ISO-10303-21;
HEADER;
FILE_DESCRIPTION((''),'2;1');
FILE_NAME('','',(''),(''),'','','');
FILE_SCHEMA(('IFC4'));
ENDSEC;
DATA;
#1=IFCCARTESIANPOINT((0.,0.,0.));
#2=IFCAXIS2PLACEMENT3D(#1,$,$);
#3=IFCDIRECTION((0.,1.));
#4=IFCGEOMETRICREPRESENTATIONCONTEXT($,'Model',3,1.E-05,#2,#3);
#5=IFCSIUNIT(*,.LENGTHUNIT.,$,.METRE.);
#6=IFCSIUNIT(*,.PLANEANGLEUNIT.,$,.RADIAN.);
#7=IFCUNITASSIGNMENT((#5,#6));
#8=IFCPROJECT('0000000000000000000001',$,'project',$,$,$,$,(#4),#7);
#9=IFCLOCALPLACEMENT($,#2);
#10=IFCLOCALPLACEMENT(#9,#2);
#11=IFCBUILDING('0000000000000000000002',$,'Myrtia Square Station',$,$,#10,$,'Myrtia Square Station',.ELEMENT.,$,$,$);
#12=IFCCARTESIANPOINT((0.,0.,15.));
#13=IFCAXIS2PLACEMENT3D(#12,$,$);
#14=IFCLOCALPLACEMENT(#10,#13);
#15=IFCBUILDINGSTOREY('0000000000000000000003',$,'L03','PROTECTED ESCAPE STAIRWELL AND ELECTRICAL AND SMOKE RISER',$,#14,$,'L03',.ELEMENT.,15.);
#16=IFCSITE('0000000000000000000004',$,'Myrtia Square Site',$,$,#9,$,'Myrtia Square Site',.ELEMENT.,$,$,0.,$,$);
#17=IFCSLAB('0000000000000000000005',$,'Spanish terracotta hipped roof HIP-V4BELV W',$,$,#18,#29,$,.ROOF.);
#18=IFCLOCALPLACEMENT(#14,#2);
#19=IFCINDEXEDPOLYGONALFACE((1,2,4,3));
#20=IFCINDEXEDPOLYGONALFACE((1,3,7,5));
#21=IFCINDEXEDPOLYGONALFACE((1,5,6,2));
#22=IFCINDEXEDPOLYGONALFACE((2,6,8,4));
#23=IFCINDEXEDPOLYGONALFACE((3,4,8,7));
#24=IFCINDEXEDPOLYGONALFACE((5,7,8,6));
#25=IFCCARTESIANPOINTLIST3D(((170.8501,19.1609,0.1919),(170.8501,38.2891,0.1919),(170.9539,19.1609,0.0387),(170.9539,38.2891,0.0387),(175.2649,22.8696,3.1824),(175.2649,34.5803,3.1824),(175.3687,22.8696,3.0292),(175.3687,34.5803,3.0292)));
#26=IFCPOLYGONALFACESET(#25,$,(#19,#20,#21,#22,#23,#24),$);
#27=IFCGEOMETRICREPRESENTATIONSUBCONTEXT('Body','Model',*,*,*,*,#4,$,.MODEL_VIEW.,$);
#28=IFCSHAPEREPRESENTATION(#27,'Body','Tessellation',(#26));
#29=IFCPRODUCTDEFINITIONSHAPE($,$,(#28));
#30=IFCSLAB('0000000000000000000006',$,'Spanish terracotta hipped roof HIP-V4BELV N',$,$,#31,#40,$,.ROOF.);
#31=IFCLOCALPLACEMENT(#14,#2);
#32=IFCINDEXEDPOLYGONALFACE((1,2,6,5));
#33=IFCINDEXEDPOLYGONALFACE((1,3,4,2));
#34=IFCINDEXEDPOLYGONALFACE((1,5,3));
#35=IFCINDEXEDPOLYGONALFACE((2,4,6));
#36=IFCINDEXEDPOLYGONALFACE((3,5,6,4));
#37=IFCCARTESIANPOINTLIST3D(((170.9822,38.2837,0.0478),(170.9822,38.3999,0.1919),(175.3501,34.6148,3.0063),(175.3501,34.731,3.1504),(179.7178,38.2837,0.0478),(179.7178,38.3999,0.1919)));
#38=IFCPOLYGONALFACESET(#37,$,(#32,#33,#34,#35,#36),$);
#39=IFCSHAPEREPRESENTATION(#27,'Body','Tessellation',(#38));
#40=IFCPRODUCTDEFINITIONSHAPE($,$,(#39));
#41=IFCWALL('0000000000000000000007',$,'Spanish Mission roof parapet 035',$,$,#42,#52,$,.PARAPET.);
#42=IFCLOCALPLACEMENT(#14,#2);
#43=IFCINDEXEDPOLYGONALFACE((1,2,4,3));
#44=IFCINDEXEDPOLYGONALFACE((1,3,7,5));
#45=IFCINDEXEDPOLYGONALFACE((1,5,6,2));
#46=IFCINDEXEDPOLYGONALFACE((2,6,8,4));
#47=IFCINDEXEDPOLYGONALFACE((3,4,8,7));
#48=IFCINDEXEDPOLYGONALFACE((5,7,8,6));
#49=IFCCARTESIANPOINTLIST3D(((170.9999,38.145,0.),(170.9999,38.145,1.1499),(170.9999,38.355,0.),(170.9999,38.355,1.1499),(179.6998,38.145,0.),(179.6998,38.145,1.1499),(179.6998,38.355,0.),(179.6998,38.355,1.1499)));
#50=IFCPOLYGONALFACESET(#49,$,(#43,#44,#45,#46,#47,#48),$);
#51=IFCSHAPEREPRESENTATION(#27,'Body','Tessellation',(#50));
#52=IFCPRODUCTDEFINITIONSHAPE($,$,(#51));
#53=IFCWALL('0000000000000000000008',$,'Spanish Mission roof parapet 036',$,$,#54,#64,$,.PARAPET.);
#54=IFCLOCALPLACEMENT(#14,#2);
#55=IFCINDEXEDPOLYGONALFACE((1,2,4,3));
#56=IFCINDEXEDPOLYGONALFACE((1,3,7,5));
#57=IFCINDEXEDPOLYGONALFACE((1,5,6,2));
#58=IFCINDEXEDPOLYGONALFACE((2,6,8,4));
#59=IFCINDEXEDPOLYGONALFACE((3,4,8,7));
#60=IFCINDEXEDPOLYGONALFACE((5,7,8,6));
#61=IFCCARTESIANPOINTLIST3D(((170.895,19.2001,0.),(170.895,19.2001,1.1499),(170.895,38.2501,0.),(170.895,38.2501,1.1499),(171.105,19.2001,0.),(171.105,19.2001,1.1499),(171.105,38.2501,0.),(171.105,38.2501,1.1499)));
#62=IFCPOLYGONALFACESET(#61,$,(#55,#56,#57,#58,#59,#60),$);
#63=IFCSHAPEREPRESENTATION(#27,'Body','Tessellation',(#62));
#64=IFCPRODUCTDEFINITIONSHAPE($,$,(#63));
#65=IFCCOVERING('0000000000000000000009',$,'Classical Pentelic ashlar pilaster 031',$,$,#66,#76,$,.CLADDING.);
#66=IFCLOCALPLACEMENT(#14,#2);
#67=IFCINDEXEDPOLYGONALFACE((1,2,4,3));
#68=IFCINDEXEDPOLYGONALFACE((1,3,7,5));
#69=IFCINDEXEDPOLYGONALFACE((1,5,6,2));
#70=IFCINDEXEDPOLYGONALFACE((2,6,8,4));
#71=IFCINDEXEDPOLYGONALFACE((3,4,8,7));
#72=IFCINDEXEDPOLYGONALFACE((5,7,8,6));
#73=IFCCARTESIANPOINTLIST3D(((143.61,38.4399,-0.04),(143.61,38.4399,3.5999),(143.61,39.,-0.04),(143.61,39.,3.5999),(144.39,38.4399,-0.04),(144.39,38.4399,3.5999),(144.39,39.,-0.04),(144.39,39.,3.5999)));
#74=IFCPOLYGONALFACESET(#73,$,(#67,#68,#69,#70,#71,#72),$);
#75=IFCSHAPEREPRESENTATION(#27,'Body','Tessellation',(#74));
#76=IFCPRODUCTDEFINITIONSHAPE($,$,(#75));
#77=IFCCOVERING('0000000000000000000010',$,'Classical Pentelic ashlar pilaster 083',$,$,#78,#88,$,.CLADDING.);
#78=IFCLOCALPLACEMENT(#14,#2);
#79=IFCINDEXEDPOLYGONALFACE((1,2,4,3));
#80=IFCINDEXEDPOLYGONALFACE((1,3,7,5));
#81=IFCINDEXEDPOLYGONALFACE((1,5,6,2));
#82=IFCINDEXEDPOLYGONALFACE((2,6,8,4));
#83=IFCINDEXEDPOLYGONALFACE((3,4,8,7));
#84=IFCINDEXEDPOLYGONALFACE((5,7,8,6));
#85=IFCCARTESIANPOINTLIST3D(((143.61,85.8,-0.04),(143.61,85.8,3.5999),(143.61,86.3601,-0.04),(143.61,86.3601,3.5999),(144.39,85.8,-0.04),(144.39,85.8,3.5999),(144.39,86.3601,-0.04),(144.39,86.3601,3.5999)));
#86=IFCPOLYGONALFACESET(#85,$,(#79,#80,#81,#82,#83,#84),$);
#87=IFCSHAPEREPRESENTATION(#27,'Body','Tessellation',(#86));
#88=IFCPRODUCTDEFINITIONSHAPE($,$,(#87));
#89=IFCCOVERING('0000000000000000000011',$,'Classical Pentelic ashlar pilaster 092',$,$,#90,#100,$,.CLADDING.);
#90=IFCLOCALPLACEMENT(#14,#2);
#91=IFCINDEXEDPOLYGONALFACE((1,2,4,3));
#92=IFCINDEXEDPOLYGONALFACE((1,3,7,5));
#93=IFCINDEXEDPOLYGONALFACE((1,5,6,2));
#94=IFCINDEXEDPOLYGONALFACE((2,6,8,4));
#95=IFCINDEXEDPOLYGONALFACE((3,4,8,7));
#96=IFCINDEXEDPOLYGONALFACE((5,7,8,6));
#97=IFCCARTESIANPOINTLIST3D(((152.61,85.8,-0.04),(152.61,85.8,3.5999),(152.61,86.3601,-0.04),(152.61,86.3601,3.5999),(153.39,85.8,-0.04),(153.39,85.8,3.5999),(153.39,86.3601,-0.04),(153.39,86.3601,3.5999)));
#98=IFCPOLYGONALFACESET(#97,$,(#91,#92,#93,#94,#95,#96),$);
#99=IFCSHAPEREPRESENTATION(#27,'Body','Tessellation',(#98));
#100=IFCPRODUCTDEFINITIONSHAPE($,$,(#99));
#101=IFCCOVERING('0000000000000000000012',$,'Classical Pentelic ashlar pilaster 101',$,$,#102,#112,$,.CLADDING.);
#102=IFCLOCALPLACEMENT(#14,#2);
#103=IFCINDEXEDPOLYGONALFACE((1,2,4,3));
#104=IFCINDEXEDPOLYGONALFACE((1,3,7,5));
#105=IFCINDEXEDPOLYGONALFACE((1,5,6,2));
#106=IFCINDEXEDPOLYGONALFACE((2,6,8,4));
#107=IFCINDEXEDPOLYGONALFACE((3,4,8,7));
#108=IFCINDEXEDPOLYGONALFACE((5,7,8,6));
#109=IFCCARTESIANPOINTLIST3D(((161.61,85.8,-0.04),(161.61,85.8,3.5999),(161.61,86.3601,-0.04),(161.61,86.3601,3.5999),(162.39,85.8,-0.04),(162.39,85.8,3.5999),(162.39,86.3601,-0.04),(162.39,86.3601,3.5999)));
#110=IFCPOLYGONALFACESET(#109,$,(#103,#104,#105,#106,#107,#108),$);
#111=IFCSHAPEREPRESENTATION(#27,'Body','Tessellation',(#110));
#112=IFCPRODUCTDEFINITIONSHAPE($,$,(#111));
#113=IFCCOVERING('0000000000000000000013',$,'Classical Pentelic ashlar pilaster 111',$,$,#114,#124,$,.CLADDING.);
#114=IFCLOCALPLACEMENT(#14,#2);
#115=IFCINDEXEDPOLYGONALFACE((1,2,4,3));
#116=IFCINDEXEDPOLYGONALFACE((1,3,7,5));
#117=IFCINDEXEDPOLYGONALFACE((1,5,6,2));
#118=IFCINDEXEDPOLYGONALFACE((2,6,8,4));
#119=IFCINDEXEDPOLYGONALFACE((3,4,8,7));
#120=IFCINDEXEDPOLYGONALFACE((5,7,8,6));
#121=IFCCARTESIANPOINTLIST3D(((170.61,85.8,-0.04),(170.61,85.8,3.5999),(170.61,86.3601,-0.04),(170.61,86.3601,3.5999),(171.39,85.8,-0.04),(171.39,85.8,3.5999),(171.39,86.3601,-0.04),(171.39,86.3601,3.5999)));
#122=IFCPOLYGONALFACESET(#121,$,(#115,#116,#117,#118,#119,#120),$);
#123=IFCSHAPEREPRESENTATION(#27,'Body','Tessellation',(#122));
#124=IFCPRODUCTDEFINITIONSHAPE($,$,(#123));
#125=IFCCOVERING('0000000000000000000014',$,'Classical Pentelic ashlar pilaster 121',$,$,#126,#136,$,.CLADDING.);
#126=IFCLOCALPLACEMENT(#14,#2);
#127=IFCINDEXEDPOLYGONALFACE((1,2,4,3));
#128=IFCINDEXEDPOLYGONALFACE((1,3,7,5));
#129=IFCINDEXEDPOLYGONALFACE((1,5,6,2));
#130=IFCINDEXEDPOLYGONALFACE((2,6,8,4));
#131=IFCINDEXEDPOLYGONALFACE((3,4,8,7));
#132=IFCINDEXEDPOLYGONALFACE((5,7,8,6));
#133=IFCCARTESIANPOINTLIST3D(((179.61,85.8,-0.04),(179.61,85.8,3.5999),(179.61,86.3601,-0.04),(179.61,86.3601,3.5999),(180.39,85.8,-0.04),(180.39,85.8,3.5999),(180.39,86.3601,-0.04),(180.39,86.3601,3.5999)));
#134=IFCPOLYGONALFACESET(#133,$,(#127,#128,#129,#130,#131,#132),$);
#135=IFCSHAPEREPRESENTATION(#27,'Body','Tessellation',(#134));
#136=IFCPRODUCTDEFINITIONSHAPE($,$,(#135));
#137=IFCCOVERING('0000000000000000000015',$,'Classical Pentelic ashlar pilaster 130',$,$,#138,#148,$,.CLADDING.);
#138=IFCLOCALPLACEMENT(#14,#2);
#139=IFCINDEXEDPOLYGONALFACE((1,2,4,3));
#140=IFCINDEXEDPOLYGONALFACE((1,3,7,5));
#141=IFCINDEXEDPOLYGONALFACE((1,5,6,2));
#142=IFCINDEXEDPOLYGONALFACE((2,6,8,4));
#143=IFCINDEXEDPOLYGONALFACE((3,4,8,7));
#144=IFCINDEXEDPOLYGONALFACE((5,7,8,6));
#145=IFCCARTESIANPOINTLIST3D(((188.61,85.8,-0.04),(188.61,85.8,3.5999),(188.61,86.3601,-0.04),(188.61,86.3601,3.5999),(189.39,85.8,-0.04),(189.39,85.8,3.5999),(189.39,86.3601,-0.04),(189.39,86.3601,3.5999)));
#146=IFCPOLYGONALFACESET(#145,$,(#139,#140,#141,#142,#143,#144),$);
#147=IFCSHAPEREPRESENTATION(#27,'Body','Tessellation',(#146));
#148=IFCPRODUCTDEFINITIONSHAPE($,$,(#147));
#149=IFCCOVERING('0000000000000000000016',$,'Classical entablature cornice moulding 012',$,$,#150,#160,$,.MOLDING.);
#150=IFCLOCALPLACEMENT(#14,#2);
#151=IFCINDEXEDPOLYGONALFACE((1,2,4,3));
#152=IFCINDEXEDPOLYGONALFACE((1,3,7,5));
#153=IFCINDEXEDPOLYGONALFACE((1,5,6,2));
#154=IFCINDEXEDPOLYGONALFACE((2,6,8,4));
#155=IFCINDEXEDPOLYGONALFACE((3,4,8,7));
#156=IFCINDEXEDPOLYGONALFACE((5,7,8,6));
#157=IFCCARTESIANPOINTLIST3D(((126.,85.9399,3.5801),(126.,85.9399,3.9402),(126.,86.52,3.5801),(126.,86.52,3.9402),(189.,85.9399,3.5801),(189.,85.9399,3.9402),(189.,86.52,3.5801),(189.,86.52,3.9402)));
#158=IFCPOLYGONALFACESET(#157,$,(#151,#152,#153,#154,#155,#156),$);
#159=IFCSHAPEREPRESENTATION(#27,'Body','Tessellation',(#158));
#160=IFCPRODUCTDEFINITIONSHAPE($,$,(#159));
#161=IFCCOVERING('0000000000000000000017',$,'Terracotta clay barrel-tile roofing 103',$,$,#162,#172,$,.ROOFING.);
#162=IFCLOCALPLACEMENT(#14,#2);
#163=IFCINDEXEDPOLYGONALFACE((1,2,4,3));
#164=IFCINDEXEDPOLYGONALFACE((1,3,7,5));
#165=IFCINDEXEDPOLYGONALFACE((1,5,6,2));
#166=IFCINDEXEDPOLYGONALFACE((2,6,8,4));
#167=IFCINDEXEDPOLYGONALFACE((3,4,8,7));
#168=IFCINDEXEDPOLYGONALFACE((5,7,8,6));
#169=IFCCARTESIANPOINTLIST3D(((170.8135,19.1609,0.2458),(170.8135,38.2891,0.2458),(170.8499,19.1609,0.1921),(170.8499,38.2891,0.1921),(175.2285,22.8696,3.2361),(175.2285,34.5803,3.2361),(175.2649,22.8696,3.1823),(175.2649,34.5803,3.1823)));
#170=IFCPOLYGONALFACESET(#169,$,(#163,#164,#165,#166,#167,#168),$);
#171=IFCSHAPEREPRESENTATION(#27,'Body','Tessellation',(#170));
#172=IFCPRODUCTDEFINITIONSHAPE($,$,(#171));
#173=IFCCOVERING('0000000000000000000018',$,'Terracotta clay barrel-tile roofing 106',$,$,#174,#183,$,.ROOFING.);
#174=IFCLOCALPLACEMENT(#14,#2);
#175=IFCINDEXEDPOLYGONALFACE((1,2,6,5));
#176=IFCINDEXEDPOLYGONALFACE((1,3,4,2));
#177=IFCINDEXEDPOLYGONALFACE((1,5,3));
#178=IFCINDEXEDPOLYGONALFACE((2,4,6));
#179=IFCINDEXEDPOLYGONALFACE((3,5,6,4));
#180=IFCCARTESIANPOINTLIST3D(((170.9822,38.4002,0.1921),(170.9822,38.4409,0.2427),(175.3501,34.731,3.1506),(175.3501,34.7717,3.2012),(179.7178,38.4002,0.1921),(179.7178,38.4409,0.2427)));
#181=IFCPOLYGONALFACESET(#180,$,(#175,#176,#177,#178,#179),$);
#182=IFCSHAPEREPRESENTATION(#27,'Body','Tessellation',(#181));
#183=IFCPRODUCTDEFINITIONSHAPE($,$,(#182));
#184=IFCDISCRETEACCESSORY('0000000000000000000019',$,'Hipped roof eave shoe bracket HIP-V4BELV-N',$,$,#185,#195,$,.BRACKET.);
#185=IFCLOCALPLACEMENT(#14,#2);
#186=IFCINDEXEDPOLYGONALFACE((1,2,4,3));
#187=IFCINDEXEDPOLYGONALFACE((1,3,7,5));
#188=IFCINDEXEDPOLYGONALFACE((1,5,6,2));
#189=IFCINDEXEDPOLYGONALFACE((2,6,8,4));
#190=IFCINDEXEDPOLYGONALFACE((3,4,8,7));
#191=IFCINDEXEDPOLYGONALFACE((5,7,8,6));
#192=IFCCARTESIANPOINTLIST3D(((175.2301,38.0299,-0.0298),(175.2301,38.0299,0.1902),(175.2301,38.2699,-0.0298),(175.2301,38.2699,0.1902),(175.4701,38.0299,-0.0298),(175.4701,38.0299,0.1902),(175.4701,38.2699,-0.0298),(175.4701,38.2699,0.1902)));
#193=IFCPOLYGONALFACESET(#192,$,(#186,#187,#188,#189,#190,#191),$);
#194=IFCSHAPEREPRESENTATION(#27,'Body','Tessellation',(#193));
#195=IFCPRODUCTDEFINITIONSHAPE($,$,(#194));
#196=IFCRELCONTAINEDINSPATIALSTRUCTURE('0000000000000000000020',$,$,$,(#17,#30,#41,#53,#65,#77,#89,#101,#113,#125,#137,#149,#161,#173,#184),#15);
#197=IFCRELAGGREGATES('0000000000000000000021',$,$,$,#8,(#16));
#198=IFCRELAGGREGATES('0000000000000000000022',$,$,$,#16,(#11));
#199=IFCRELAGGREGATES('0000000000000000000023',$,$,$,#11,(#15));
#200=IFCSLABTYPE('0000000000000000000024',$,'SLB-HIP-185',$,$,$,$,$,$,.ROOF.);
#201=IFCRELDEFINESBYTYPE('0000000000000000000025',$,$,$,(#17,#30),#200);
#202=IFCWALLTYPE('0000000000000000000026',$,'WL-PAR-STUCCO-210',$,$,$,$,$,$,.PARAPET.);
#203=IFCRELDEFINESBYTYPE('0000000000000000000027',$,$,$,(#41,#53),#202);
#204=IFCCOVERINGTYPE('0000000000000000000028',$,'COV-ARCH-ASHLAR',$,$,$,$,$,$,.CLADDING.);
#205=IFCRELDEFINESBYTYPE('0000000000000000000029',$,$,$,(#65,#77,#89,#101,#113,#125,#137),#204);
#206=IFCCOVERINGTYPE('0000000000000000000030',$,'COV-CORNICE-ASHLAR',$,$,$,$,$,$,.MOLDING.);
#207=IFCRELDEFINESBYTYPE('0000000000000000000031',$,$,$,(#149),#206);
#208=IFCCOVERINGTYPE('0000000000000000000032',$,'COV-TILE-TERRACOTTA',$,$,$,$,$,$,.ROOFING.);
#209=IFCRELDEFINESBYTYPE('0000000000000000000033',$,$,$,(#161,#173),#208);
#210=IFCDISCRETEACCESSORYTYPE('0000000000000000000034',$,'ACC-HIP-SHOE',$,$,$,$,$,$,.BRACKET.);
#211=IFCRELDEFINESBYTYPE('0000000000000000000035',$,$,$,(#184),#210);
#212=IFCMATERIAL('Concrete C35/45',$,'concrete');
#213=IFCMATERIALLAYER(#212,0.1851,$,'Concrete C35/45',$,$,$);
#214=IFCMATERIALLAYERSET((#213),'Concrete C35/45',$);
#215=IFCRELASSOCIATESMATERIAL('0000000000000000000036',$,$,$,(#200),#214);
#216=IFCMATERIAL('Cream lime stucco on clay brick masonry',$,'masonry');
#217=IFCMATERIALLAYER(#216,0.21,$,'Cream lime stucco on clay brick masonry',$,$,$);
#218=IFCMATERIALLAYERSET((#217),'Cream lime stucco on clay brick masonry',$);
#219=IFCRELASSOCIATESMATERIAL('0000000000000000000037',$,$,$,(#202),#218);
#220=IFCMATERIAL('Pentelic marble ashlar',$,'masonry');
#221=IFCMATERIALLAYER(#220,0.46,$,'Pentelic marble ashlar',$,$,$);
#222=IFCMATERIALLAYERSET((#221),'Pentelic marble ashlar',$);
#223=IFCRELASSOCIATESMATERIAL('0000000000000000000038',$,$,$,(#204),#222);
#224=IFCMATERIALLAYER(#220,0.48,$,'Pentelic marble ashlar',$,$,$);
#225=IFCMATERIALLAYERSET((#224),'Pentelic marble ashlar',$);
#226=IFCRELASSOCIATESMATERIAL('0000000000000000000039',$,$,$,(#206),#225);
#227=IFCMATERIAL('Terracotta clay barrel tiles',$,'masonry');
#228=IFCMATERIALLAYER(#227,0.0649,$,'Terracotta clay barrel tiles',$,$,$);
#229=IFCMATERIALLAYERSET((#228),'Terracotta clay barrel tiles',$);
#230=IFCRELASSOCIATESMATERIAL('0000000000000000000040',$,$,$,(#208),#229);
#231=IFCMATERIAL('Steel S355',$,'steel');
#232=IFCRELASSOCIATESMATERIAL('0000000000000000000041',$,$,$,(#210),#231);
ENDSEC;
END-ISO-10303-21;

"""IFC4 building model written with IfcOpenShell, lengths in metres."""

from ifc_helpers import new_model, si_unit, direction, frame, frame_2d, origin, origin_2d, place, context, subcontext, project, spatial, polyline, rectangle, outline, extrude, material, layer, layer_set, type_object, element, save


model = new_model("IFC4")

# Units and contexts
model_context = context("Model", 3, precision=1e-05, world=origin(), true_north=direction((0.0, 1.0)))
body_context = subcontext(model_context, "Body", "Model", "MODEL_VIEW")
ifc_project = project(units=[si_unit("LENGTHUNIT", "METRE"), si_unit("PLANEANGLEUNIT", "RADIAN")], contexts=[model_context])

# Site, building, storey
site_placement = place(None, origin())
site = spatial("IfcSite", under=ifc_project, at=site_placement, Name="Myrtia Square Site", LongName="Myrtia Square Site", CompositionType="ELEMENT", RefElevation=0.0)
building_placement = place(site_placement, origin())
building = spatial("IfcBuilding", under=site, at=building_placement, Name="Myrtia Square Station", LongName="Myrtia Square Station", CompositionType="ELEMENT")
storey_placement = place(building_placement, frame((0.0, 0.0, 15.0)))
storey = spatial("IfcBuildingStorey", under=building, at=storey_placement, Name="L03", Description="PROTECTED ESCAPE STAIRWELL AND ELECTRICAL AND SMOKE RISER", LongName="L03", CompositionType="ELEMENT", Elevation=15.0)

# Shared definitions
ifc_material_1 = material(Name="Steel S355", Category="steel")

# Slabs
ifc_material_2 = material(Name="Concrete C35/45", Category="concrete")
ifc_layer_1 = layer(ifc_material_2, 0.1851, Name="Concrete C35/45")
ifc_layer_set_1 = layer_set([ifc_layer_1], Name="Concrete C35/45")
slab_type = type_object("IfcSlabType", Name="SLB-HIP-185", PredefinedType="ROOF", material=ifc_layer_set_1)
slab_1_placement = place(storey_placement, frame((170.8501, 38.2891, 0.1919), z_axis=(-0.560824, 0.0, 0.827935), x_axis=(0.0, -1.0, 0.0)))
element("IfcSlab", 1, at=slab_1_placement, inside=storey, type_object=slab_type, Name="Spanish terracotta hipped roof HIP-V4BELV W", PredefinedType="ROOF", context=body_context, shape_type="SweptSolid", body=[
    extrude(outline(polyline([(0.0, 0.0), (19.1282, 0.0), (15.4194, 5.3323), (3.7087, 5.3323), (0.0, 0.0)])), origin(), (0.0, 0.0, -1.0), 0.1851),
])
slab_2_placement = place(storey_placement, frame((179.7178, 38.3999, 0.1919), z_axis=(0.0, 0.62771, 0.778447), x_axis=(-1.0, 0.0, 0.0)))
element("IfcSlab", 2, at=slab_2_placement, inside=storey, type_object=slab_type, Name="Spanish terracotta hipped roof HIP-V4BELV N", PredefinedType="ROOF", context=body_context, shape_type="SweptSolid", body=[
    extrude(outline(polyline([(0.0, 0.0), (8.7356, 0.0), (4.3677, 4.7132), (0.0, 0.0)])), origin(), (0.0, 0.0, -1.0), 0.1851),
])

# Walls
ifc_material_3 = material(Name="Cream lime stucco on clay brick masonry", Category="masonry")
ifc_layer_2 = layer(ifc_material_3, 0.21, Name="Cream lime stucco on clay brick masonry")
ifc_layer_set_2 = layer_set([ifc_layer_2], Name="Cream lime stucco on clay brick masonry")
wall_type = type_object("IfcWallType", Name="WL-PAR-STUCCO-210", PredefinedType="PARAPET", material=ifc_layer_set_2)
wall_1_placement = place(storey_placement, frame((179.7, 38.25, 0.0), z_axis=(0.0, 0.0, 1.0), x_axis=(-1.0, 0.0, 0.0)))
element("IfcWall", 3, at=wall_1_placement, inside=storey, type_object=wall_type, Name="Spanish Mission roof parapet 035", PredefinedType="PARAPET", context=body_context, shape_type="SweptSolid", body=[
    extrude(rectangle(XDim=8.7, YDim=0.21, at=frame_2d((4.3501, 0.0))), origin(), (0.0, 0.0, 1.0), 1.1499),
])
wall_2_placement = place(storey_placement, frame((171.0, 38.25, 0.0), z_axis=(0.0, 0.0, 1.0), x_axis=(0.0, -1.0, 0.0)))
element("IfcWall", 4, at=wall_2_placement, inside=storey, type_object=wall_type, Name="Spanish Mission roof parapet 036", PredefinedType="PARAPET", context=body_context, shape_type="SweptSolid", body=[
    extrude(rectangle(XDim=19.05, YDim=0.21, at=frame_2d((9.5249, 0.0))), origin(), (0.0, 0.0, 1.0), 1.1499),
])

# Coverings
ifc_material_4 = material(Name="Pentelic marble ashlar", Category="masonry")
ifc_layer_3 = layer(ifc_material_4, 0.46, Name="Pentelic marble ashlar")
ifc_layer_set_3 = layer_set([ifc_layer_3], Name="Pentelic marble ashlar")
covering_type_1 = type_object("IfcCoveringType", Name="COV-ARCH-ASHLAR", PredefinedType="CLADDING", material=ifc_layer_set_3)
for number, where, z_axis, x_axis, name in (
    (5, (144.0, 38.72, -0.04), (0.0, 0.0, 1.0), (1.0, 0.0, 0.0), "Classical Pentelic ashlar pilaster 031"),
    (6, (144.0, 86.0801, -0.04), (0.0, 0.0, 1.0), (1.0, 0.0, 0.0), "Classical Pentelic ashlar pilaster 083"),
    (7, (153.0, 86.0801, -0.04), (0.0, 0.0, 1.0), (1.0, 0.0, 0.0), "Classical Pentelic ashlar pilaster 092"),
    (8, (162.0, 86.0801, -0.04), (0.0, 0.0, 1.0), (1.0, 0.0, 0.0), "Classical Pentelic ashlar pilaster 101"),
    (9, (171.0, 86.0801, -0.04), (0.0, 0.0, 1.0), (1.0, 0.0, 0.0), "Classical Pentelic ashlar pilaster 111"),
    (10, (180.0, 86.0801, -0.04), (0.0, 0.0, 1.0), (1.0, 0.0, 0.0), "Classical Pentelic ashlar pilaster 121"),
    (11, (189.0, 86.0801, -0.04), (0.0, 0.0, 1.0), (1.0, 0.0, 0.0), "Classical Pentelic ashlar pilaster 130"),
):
    element("IfcCovering", number, at=place(storey_placement, frame(where, z_axis=z_axis, x_axis=x_axis)), inside=storey, type_object=covering_type_1, Name=name, PredefinedType="CLADDING", context=body_context, shape_type="SweptSolid", body=[
        extrude(rectangle(XDim=0.78, YDim=0.5601, at=origin_2d()), origin(), (0.0, 0.0, 1.0), 3.6399),
    ])
ifc_layer_4 = layer(ifc_material_4, 0.48, Name="Pentelic marble ashlar")
ifc_layer_set_4 = layer_set([ifc_layer_4], Name="Pentelic marble ashlar")
covering_type_2 = type_object("IfcCoveringType", Name="COV-CORNICE-ASHLAR", PredefinedType="MOLDING", material=ifc_layer_set_4)
covering_1_placement = place(storey_placement, frame((157.5, 86.23, 3.5801), z_axis=(0.0, 0.0, 1.0), x_axis=(1.0, 0.0, 0.0)))
element("IfcCovering", 12, at=covering_1_placement, inside=storey, type_object=covering_type_2, Name="Classical entablature cornice moulding 012", PredefinedType="MOLDING", context=body_context, shape_type="SweptSolid", body=[
    extrude(rectangle(XDim=63.0, YDim=0.5801, at=origin_2d()), origin(), (0.0, 0.0, 1.0), 0.3601),
])
ifc_material_5 = material(Name="Terracotta clay barrel tiles", Category="masonry")
ifc_layer_5 = layer(ifc_material_5, 0.0649, Name="Terracotta clay barrel tiles")
ifc_layer_set_5 = layer_set([ifc_layer_5], Name="Terracotta clay barrel tiles")
covering_type_3 = type_object("IfcCoveringType", Name="COV-TILE-TERRACOTTA", PredefinedType="ROOFING", material=ifc_layer_set_5)
covering_2_placement = place(storey_placement, frame((170.8135, 38.2891, 0.2458), z_axis=(-0.560771, 0.0, 0.827971), x_axis=(0.0, -1.0, 0.0)))
element("IfcCovering", 13, at=covering_2_placement, inside=storey, type_object=covering_type_3, Name="Terracotta clay barrel-tile roofing 103", PredefinedType="ROOFING", context=body_context, shape_type="SweptSolid", body=[
    extrude(outline(polyline([(0.0, 0.0), (19.1282, 0.0), (15.4194, 5.3324), (3.7087, 5.3324), (0.0, 0.0)])), origin(), (0.0, 0.0, -1.0), 0.0649),
])
covering_3_placement = place(storey_placement, frame((179.7178, 38.4409, 0.2427), z_axis=(0.0, 0.627685, 0.778468), x_axis=(-1.0, 0.0, 0.0)))
element("IfcCovering", 14, at=covering_3_placement, inside=storey, type_object=covering_type_3, Name="Terracotta clay barrel-tile roofing 106", PredefinedType="ROOFING", context=body_context, shape_type="SweptSolid", body=[
    extrude(outline(polyline([(0.0, 0.0), (8.7356, 0.0), (4.3677, 4.7133), (0.0, 0.0)])), origin(), (0.0, 0.0, -1.0), 0.0649),
])

# Discrete accessory
discrete_accessory_type = type_object("IfcDiscreteAccessoryType", Name="ACC-HIP-SHOE", PredefinedType="BRACKET", material=ifc_material_1)
discrete_accessory_placement = place(storey_placement, frame((175.3501, 38.1499, -0.0298), z_axis=(0.0, 0.0, 1.0), x_axis=(1.0, 0.0, 0.0)))
element("IfcDiscreteAccessory", 15, at=discrete_accessory_placement, inside=storey, type_object=discrete_accessory_type, Name="Hipped roof eave shoe bracket HIP-V4BELV-N", PredefinedType="BRACKET", context=body_context, shape_type="SweptSolid", body=[
    extrude(rectangle(XDim=0.24, YDim=0.24, at=origin_2d()), origin(), (0.0, 0.0, 1.0), 0.22),
])

save(model, "model.ifc")
